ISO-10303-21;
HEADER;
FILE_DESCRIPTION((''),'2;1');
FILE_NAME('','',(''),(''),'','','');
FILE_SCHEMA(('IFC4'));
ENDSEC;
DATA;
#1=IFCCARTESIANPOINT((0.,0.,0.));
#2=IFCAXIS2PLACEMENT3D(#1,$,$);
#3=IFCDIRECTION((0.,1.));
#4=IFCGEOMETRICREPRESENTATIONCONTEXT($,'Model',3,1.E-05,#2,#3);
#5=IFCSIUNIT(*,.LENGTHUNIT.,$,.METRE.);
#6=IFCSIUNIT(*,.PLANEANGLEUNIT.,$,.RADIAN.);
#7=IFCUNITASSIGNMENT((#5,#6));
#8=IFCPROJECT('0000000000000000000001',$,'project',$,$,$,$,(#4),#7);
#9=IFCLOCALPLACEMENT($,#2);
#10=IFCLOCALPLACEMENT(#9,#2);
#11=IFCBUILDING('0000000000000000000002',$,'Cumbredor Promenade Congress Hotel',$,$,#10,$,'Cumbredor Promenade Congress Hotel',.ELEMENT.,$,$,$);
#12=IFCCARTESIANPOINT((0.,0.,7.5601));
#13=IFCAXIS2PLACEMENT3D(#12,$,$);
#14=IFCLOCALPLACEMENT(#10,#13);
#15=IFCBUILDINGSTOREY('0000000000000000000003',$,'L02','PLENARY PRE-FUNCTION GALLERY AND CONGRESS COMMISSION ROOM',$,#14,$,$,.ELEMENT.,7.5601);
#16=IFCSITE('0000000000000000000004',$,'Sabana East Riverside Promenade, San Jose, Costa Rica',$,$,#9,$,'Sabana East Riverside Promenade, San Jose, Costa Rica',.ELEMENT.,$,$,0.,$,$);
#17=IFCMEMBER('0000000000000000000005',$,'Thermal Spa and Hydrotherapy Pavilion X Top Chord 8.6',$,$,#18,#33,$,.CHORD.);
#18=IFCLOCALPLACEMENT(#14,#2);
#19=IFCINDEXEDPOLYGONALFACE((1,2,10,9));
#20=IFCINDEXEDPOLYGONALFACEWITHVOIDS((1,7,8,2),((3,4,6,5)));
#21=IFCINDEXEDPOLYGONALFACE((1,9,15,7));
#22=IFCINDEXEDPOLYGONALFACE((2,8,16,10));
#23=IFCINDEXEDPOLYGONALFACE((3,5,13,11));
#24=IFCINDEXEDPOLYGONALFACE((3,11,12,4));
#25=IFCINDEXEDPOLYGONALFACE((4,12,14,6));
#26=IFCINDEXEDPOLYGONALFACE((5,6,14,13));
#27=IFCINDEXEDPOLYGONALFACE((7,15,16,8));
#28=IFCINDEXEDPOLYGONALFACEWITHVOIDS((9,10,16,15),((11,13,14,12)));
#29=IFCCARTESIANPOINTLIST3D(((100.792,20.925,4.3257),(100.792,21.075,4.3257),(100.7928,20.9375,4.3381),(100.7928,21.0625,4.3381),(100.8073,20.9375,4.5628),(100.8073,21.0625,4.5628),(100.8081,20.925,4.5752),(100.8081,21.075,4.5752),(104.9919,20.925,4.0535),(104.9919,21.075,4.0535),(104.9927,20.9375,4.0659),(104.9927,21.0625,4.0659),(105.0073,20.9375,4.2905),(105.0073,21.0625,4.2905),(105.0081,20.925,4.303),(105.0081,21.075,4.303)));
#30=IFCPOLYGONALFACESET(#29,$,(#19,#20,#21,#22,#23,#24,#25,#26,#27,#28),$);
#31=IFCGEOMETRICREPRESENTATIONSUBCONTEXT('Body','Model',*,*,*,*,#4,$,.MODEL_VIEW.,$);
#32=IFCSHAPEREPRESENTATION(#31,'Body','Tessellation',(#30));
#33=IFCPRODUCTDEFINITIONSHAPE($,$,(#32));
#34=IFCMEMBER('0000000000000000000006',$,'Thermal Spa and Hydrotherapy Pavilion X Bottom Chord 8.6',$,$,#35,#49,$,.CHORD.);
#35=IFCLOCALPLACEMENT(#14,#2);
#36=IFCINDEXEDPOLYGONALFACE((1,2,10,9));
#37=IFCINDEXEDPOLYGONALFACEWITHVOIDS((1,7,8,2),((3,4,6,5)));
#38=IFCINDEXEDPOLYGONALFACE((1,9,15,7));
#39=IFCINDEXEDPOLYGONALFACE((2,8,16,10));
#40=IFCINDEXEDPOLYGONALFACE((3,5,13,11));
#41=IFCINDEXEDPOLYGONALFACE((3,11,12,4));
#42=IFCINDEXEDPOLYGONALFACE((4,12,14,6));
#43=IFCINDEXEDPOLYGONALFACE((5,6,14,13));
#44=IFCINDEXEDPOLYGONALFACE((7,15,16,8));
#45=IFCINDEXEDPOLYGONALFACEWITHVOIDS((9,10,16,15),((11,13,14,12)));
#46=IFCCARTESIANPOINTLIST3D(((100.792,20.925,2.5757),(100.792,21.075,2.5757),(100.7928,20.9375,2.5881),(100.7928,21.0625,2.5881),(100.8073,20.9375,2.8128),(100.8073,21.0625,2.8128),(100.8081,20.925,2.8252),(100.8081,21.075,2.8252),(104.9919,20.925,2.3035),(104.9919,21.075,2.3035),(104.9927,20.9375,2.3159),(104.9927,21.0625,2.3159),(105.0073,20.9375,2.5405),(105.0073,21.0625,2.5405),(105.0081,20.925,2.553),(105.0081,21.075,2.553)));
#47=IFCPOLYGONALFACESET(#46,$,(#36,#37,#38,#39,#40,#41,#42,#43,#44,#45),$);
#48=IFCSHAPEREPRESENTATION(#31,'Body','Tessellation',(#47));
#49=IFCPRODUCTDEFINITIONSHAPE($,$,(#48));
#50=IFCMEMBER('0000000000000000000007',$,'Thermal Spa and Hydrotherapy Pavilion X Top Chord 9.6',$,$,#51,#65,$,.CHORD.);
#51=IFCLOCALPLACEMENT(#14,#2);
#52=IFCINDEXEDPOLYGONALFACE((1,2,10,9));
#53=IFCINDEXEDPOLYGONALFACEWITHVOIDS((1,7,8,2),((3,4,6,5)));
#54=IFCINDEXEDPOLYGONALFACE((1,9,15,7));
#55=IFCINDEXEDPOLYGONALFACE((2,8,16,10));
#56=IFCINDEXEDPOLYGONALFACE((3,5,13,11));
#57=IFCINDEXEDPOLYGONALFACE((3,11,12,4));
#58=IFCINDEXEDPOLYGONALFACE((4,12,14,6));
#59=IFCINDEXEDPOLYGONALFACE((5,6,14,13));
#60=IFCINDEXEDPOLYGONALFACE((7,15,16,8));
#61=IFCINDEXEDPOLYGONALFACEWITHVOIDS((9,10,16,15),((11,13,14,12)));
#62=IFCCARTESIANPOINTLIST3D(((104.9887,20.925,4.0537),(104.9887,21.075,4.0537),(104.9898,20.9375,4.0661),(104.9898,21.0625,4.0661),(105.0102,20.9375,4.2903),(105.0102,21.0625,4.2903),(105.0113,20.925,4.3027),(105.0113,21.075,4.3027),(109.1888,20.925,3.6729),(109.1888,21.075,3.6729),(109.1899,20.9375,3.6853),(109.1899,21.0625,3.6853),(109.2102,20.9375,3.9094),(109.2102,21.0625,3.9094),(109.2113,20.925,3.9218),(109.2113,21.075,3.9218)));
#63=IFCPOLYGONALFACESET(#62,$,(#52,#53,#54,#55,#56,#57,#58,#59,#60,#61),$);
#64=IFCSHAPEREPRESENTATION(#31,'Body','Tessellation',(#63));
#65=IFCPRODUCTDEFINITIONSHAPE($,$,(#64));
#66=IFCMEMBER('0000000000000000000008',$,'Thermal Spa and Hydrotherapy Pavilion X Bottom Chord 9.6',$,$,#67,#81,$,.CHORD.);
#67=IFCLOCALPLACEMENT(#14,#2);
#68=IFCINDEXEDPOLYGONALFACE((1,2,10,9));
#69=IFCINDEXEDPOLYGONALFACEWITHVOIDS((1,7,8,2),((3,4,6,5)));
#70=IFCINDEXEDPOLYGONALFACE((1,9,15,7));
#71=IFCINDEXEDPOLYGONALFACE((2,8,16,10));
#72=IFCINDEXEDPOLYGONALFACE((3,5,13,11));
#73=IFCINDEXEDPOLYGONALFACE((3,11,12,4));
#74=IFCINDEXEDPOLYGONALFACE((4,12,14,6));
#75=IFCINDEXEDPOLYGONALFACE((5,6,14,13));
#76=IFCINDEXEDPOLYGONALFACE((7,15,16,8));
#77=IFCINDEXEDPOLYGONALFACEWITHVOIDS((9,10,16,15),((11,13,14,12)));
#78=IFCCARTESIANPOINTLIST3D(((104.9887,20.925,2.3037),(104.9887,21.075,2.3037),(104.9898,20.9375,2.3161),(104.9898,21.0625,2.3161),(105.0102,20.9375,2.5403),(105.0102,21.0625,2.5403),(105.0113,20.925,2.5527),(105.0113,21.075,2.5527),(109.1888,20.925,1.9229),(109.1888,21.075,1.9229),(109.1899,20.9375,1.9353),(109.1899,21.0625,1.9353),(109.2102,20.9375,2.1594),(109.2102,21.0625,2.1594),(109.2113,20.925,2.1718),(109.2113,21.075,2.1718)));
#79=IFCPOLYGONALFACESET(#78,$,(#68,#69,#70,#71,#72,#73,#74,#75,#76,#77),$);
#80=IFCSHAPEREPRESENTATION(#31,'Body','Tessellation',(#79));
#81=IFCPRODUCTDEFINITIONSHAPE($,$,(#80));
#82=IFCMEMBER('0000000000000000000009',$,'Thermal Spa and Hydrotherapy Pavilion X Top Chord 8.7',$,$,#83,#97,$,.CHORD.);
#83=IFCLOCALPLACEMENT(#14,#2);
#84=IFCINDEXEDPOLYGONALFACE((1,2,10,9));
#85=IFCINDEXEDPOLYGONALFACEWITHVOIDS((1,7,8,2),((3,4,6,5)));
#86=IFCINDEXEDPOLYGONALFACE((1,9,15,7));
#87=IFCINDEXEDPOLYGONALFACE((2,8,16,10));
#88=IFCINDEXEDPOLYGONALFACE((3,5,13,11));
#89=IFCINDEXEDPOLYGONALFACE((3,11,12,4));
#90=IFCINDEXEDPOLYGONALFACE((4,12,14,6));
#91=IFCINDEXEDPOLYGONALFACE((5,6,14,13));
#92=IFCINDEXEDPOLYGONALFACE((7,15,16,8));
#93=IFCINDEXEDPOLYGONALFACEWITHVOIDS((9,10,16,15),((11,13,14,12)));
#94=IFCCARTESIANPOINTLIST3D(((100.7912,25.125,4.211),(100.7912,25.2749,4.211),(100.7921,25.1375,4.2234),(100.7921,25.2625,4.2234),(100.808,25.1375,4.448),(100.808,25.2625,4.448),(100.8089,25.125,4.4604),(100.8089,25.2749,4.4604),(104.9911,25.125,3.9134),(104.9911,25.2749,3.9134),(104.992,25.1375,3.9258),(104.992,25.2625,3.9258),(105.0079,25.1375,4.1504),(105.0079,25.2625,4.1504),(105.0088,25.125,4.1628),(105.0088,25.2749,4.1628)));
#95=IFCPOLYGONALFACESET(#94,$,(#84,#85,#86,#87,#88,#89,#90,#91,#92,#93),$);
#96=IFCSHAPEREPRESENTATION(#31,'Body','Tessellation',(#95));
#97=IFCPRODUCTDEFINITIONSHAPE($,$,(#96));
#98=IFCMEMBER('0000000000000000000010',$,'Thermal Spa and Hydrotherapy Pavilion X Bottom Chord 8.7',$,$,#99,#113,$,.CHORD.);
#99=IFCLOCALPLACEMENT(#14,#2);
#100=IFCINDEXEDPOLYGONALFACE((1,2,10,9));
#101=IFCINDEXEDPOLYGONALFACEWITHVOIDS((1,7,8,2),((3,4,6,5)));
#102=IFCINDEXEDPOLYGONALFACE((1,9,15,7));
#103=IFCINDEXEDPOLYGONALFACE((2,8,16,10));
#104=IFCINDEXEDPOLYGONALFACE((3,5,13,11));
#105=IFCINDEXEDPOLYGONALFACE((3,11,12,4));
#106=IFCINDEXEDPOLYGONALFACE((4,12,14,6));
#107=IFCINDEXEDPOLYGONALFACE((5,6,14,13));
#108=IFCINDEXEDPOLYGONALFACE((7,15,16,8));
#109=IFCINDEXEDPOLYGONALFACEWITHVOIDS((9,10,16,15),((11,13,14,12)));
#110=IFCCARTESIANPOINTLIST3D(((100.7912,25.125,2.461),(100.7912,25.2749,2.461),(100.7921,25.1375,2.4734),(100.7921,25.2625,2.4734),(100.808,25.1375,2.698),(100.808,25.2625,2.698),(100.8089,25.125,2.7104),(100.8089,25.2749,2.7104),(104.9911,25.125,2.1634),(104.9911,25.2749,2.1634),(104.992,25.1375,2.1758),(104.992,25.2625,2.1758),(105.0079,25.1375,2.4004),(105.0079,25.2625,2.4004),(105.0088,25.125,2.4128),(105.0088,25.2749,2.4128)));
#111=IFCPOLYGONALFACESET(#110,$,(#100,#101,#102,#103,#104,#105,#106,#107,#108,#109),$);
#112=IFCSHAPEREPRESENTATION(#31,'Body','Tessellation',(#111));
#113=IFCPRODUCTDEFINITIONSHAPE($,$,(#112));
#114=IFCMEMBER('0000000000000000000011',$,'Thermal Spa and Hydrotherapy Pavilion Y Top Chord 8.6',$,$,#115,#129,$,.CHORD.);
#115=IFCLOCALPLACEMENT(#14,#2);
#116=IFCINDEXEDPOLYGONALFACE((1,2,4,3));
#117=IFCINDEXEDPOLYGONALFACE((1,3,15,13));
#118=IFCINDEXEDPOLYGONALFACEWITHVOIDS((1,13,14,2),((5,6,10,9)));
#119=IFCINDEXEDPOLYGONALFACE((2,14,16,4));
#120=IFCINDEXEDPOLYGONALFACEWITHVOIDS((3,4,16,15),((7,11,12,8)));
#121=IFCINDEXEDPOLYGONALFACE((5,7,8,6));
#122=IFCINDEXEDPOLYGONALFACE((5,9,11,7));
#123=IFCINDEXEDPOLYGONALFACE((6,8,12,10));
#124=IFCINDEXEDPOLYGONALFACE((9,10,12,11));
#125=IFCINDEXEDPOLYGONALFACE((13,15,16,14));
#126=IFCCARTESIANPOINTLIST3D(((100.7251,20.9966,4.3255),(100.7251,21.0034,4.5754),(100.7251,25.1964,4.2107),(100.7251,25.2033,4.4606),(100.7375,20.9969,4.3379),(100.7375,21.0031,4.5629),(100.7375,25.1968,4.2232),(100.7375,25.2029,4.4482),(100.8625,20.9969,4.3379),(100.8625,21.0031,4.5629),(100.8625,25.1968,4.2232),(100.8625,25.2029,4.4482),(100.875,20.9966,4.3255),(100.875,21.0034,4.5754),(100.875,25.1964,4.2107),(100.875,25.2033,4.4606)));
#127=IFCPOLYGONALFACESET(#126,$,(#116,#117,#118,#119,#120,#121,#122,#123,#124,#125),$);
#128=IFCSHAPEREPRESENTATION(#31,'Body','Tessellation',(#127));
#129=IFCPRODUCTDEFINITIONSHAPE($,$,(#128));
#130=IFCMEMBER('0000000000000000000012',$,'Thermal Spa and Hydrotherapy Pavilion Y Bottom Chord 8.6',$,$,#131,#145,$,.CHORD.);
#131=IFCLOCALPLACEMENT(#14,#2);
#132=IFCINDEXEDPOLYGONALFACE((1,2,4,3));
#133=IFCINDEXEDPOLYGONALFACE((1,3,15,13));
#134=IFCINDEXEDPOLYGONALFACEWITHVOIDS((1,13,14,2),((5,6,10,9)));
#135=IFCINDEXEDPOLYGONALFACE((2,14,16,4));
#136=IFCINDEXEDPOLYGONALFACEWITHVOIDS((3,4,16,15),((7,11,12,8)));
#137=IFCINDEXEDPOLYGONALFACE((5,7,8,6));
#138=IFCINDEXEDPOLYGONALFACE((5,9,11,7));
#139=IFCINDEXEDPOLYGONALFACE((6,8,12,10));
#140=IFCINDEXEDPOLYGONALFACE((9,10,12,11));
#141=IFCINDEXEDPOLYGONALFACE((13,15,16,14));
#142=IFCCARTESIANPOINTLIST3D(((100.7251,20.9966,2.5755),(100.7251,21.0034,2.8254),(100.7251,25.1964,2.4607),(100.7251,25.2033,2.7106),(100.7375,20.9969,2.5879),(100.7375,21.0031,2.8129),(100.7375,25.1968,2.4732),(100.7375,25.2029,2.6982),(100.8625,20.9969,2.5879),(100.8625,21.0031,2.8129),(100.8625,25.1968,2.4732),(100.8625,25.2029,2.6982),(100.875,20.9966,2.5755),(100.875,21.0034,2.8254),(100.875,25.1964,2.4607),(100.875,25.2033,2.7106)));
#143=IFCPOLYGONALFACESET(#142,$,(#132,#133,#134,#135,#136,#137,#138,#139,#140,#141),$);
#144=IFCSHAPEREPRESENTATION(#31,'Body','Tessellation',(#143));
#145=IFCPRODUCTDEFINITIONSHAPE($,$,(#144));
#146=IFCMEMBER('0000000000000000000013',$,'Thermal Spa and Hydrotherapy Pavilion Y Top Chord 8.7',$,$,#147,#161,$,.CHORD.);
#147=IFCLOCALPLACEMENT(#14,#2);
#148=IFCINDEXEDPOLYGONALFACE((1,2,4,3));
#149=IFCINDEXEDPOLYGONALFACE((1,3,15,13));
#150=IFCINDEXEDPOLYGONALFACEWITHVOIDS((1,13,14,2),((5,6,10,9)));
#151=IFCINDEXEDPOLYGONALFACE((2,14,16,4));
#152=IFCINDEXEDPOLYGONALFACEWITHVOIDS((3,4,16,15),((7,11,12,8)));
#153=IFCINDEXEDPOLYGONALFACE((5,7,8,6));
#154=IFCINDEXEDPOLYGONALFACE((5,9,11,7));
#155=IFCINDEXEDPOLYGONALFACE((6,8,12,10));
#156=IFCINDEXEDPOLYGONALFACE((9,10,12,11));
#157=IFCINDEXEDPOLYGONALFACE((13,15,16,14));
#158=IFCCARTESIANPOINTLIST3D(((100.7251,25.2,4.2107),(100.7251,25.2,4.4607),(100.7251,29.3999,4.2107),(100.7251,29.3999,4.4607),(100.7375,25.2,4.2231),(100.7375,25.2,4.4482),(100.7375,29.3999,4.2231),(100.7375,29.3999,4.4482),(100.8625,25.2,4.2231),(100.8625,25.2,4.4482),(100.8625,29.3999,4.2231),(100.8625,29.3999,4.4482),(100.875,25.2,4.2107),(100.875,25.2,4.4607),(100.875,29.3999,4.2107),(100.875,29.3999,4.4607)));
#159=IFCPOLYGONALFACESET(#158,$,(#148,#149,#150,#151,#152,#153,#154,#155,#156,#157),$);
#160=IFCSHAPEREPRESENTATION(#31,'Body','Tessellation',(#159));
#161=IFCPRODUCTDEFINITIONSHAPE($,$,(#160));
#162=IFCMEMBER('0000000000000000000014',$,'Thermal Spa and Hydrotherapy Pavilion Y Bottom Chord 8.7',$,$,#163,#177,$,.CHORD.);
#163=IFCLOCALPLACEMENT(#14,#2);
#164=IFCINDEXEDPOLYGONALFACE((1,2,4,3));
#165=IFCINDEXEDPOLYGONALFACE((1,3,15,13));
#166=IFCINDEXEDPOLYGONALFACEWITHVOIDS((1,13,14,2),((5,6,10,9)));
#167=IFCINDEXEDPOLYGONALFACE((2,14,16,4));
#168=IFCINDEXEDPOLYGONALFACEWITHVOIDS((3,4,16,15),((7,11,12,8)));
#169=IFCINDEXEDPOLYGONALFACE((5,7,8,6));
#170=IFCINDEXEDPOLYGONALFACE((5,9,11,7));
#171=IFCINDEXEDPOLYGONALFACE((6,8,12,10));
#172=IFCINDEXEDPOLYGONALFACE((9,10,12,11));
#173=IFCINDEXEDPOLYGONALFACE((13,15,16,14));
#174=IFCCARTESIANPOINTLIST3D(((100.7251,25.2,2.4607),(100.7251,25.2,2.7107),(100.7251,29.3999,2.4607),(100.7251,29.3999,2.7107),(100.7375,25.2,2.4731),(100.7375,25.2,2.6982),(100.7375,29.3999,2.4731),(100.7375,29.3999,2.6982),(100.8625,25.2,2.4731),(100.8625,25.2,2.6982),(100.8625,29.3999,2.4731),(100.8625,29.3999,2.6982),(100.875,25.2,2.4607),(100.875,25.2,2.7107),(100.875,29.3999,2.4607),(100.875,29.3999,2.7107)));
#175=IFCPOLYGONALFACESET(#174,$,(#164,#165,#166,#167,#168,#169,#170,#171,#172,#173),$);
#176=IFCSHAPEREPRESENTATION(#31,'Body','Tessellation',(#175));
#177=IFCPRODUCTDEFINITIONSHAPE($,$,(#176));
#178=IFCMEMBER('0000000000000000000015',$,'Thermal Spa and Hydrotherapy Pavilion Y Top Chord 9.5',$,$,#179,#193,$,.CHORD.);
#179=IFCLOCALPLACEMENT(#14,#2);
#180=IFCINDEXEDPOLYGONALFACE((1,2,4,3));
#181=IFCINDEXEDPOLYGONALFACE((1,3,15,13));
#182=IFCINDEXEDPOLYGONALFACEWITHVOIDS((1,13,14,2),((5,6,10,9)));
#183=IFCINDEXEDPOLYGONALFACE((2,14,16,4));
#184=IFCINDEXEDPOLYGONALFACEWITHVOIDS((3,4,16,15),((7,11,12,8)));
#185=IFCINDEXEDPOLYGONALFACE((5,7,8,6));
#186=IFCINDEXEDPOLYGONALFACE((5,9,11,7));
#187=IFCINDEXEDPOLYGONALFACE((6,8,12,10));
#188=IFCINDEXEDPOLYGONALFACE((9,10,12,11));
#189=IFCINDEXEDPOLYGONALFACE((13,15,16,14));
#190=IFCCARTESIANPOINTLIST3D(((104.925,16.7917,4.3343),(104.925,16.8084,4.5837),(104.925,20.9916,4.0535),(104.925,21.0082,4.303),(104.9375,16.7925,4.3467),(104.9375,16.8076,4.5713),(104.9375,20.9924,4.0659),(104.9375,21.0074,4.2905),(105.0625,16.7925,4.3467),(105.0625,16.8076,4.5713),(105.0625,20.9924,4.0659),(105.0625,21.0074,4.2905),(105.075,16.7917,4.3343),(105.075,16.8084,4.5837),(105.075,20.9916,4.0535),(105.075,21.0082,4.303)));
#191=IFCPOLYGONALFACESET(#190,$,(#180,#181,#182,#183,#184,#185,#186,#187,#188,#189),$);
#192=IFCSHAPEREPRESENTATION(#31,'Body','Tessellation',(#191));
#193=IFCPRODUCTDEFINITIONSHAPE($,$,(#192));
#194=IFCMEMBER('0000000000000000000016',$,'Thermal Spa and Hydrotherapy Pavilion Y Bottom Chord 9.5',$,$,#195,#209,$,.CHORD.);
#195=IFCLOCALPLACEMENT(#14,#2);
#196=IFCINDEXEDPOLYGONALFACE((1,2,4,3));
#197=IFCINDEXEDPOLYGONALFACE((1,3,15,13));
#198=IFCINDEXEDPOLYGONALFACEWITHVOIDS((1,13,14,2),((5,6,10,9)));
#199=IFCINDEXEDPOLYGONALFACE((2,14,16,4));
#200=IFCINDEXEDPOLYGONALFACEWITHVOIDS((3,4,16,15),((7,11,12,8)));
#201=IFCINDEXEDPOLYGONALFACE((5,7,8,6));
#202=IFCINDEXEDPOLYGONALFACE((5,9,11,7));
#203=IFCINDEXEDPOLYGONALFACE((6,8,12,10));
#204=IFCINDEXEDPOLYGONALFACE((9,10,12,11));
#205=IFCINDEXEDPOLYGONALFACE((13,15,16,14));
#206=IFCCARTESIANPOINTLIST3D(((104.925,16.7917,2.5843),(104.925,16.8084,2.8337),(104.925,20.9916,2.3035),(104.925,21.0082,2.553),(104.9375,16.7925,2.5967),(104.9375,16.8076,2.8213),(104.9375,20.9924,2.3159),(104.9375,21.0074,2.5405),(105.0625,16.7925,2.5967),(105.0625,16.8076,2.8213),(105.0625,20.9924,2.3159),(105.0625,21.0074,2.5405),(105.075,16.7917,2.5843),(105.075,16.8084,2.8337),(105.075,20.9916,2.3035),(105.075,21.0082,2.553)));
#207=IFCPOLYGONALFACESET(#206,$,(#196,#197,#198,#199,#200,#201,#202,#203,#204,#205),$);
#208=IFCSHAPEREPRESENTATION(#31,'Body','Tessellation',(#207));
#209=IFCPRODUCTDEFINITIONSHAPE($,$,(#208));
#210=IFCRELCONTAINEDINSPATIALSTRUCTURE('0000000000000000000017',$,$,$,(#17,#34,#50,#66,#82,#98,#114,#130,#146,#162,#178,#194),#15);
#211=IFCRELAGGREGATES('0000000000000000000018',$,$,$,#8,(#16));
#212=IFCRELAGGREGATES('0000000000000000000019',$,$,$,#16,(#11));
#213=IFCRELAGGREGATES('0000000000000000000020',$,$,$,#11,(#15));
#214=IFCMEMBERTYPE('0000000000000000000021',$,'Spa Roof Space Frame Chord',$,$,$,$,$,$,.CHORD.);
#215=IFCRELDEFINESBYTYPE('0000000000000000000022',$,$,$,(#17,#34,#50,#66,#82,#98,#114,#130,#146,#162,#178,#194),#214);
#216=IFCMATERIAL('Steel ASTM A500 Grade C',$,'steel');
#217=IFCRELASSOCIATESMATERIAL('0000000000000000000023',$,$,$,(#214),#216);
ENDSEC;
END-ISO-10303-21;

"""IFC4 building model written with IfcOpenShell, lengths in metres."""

from ifc_helpers import new_model, si_unit, direction, frame, origin, origin_2d, place, context, subcontext, project, spatial, hollow_rectangle, extrude, material, material_profile, profile_set, type_object, element, save


model = new_model("IFC4")

# Units and contexts
model_context = context("Model", 3, precision=1e-05, world=origin(), true_north=direction((0.0, 1.0)))
body_context = subcontext(model_context, "Body", "Model", "MODEL_VIEW")
ifc_project = project(units=[si_unit("LENGTHUNIT", "METRE"), si_unit("PLANEANGLEUNIT", "RADIAN")], contexts=[model_context])

# Site, building, storey
site_placement = place(None, origin())
site = spatial("IfcSite", under=ifc_project, at=site_placement, Name="Sabana East Riverside Promenade, San Jose, Costa Rica", LongName="Sabana East Riverside Promenade, San Jose, Costa Rica", CompositionType="ELEMENT", RefElevation=0.0)
building_placement = place(site_placement, origin())
building = spatial("IfcBuilding", under=site, at=building_placement, Name="Cumbredor Promenade Congress Hotel", LongName="Cumbredor Promenade Congress Hotel", CompositionType="ELEMENT")
storey_placement = place(building_placement, frame((0.0, 0.0, 7.5601)))
storey = spatial("IfcBuildingStorey", under=building, at=storey_placement, Name="L02", Description="PLENARY PRE-FUNCTION GALLERY AND CONGRESS COMMISSION ROOM", CompositionType="ELEMENT", Elevation=7.5601)

# Members
ifc_material_1 = material(Name="Steel ASTM A500 Grade C", Category="steel")
ifc_material_profile_1 = material_profile(ifc_material_1, hollow_rectangle(XDim=0.1499, YDim=0.25, WallThickness=0.0125, at=origin_2d()), Name="HSS 250x150x12.5")
ifc_profile_set_1 = profile_set([ifc_material_profile_1], Name="Steel ASTM A500 Grade C")
member_type_1 = type_object("IfcMemberType", Name="Spa Roof Space Frame Chord", PredefinedType="CHORD", material=ifc_profile_set_1)
for number, where, z_axis, x_axis, name in (
    (1, (100.8, 21.0, 4.4504), (0.997906, 0.0, -0.064679), (0.0, 1.0, 0.0), "Thermal Spa and Hydrotherapy Pavilion X Top Chord 8.6"),
    (2, (100.8, 21.0, 2.7004), (0.997906, 0.0, -0.064679), (0.0, 1.0, 0.0), "Thermal Spa and Hydrotherapy Pavilion X Bottom Chord 8.6"),
):
    element("IfcMember", number, at=place(storey_placement, frame(where, z_axis=z_axis, x_axis=x_axis)), inside=storey, type_object=member_type_1, Name=name, PredefinedType="CHORD", context=body_context, shape_type="SweptSolid", body=[
        extrude(hollow_rectangle(XDim=0.1499, YDim=0.25, WallThickness=0.0125, at=origin_2d()), origin(), (0.0, 0.0, 1.0), 4.2087),
    ])
for number, where, z_axis, x_axis, name in (
    (3, (105.0, 21.0, 4.1782), (0.995914, 0.0, -0.090311), (0.0, 1.0, 0.0), "Thermal Spa and Hydrotherapy Pavilion X Top Chord 9.6"),
    (4, (105.0, 21.0, 2.4282), (0.995914, 0.0, -0.090311), (0.0, 1.0, 0.0), "Thermal Spa and Hydrotherapy Pavilion X Bottom Chord 9.6"),
):
    element("IfcMember", number, at=place(storey_placement, frame(where, z_axis=z_axis, x_axis=x_axis)), inside=storey, type_object=member_type_1, Name=name, PredefinedType="CHORD", context=body_context, shape_type="SweptSolid", body=[
        extrude(hollow_rectangle(XDim=0.1499, YDim=0.25, WallThickness=0.0125, at=origin_2d()), origin(), (0.0, 0.0, 1.0), 4.2173),
    ])
for number, where, z_axis, x_axis, name in (
    (5, (100.8, 25.2, 4.3357), (0.997499, 0.0, -0.070683), (0.0, 1.0, 0.0), "Thermal Spa and Hydrotherapy Pavilion X Top Chord 8.7"),
    (6, (100.8, 25.2, 2.5857), (0.997499, 0.0, -0.070683), (0.0, 1.0, 0.0), "Thermal Spa and Hydrotherapy Pavilion X Bottom Chord 8.7"),
):
    element("IfcMember", number, at=place(storey_placement, frame(where, z_axis=z_axis, x_axis=x_axis)), inside=storey, type_object=member_type_1, Name=name, PredefinedType="CHORD", context=body_context, shape_type="SweptSolid", body=[
        extrude(hollow_rectangle(XDim=0.1499, YDim=0.25, WallThickness=0.0125, at=origin_2d()), origin(), (0.0, 0.0, 1.0), 4.2104),
    ])
for number, where, z_axis, x_axis, name in (
    (7, (100.8, 21.0, 4.4504), (0.0, 0.999627, -0.027311), (-1.0, 0.0, 0.0), "Thermal Spa and Hydrotherapy Pavilion Y Top Chord 8.6"),
    (8, (100.8, 21.0, 2.7004), (0.0, 0.999627, -0.027311), (-1.0, 0.0, 0.0), "Thermal Spa and Hydrotherapy Pavilion Y Bottom Chord 8.6"),
):
    element("IfcMember", number, at=place(storey_placement, frame(where, z_axis=z_axis, x_axis=x_axis)), inside=storey, type_object=member_type_1, Name=name, PredefinedType="CHORD", context=body_context, shape_type="SweptSolid", body=[
        extrude(hollow_rectangle(XDim=0.1499, YDim=0.25, WallThickness=0.0125, at=origin_2d()), origin(), (0.0, 0.0, 1.0), 4.2014),
    ])
for number, where, z_axis, x_axis, name in (
    (9, (100.8, 25.2, 4.3357), (0.0, 1.0, 0.0), (-1.0, 0.0, 0.0), "Thermal Spa and Hydrotherapy Pavilion Y Top Chord 8.7"),
    (10, (100.8, 25.2, 2.5857), (0.0, 1.0, 0.0), (-1.0, 0.0, 0.0), "Thermal Spa and Hydrotherapy Pavilion Y Bottom Chord 8.7"),
):
    element("IfcMember", number, at=place(storey_placement, frame(where, z_axis=z_axis, x_axis=x_axis)), inside=storey, type_object=member_type_1, Name=name, PredefinedType="CHORD", context=body_context, shape_type="SweptSolid", body=[
        extrude(hollow_rectangle(XDim=0.1499, YDim=0.25, WallThickness=0.0125, at=origin_2d()), origin(), (0.0, 0.0, 1.0), 4.2),
    ])
for number, where, z_axis, x_axis, name in (
    (11, (105.0, 16.8, 4.459), (0.0, 0.997773, -0.0667), (-1.0, 0.0, 0.0), "Thermal Spa and Hydrotherapy Pavilion Y Top Chord 9.5"),
    (12, (105.0, 16.8, 2.709), (0.0, 0.997773, -0.0667), (-1.0, 0.0, 0.0), "Thermal Spa and Hydrotherapy Pavilion Y Bottom Chord 9.5"),
):
    element("IfcMember", number, at=place(storey_placement, frame(where, z_axis=z_axis, x_axis=x_axis)), inside=storey, type_object=member_type_1, Name=name, PredefinedType="CHORD", context=body_context, shape_type="SweptSolid", body=[
        extrude(hollow_rectangle(XDim=0.1499, YDim=0.25, WallThickness=0.0125, at=origin_2d()), origin(), (0.0, 0.0, 1.0), 4.2092),
    ])

save(model, "model.ifc")
